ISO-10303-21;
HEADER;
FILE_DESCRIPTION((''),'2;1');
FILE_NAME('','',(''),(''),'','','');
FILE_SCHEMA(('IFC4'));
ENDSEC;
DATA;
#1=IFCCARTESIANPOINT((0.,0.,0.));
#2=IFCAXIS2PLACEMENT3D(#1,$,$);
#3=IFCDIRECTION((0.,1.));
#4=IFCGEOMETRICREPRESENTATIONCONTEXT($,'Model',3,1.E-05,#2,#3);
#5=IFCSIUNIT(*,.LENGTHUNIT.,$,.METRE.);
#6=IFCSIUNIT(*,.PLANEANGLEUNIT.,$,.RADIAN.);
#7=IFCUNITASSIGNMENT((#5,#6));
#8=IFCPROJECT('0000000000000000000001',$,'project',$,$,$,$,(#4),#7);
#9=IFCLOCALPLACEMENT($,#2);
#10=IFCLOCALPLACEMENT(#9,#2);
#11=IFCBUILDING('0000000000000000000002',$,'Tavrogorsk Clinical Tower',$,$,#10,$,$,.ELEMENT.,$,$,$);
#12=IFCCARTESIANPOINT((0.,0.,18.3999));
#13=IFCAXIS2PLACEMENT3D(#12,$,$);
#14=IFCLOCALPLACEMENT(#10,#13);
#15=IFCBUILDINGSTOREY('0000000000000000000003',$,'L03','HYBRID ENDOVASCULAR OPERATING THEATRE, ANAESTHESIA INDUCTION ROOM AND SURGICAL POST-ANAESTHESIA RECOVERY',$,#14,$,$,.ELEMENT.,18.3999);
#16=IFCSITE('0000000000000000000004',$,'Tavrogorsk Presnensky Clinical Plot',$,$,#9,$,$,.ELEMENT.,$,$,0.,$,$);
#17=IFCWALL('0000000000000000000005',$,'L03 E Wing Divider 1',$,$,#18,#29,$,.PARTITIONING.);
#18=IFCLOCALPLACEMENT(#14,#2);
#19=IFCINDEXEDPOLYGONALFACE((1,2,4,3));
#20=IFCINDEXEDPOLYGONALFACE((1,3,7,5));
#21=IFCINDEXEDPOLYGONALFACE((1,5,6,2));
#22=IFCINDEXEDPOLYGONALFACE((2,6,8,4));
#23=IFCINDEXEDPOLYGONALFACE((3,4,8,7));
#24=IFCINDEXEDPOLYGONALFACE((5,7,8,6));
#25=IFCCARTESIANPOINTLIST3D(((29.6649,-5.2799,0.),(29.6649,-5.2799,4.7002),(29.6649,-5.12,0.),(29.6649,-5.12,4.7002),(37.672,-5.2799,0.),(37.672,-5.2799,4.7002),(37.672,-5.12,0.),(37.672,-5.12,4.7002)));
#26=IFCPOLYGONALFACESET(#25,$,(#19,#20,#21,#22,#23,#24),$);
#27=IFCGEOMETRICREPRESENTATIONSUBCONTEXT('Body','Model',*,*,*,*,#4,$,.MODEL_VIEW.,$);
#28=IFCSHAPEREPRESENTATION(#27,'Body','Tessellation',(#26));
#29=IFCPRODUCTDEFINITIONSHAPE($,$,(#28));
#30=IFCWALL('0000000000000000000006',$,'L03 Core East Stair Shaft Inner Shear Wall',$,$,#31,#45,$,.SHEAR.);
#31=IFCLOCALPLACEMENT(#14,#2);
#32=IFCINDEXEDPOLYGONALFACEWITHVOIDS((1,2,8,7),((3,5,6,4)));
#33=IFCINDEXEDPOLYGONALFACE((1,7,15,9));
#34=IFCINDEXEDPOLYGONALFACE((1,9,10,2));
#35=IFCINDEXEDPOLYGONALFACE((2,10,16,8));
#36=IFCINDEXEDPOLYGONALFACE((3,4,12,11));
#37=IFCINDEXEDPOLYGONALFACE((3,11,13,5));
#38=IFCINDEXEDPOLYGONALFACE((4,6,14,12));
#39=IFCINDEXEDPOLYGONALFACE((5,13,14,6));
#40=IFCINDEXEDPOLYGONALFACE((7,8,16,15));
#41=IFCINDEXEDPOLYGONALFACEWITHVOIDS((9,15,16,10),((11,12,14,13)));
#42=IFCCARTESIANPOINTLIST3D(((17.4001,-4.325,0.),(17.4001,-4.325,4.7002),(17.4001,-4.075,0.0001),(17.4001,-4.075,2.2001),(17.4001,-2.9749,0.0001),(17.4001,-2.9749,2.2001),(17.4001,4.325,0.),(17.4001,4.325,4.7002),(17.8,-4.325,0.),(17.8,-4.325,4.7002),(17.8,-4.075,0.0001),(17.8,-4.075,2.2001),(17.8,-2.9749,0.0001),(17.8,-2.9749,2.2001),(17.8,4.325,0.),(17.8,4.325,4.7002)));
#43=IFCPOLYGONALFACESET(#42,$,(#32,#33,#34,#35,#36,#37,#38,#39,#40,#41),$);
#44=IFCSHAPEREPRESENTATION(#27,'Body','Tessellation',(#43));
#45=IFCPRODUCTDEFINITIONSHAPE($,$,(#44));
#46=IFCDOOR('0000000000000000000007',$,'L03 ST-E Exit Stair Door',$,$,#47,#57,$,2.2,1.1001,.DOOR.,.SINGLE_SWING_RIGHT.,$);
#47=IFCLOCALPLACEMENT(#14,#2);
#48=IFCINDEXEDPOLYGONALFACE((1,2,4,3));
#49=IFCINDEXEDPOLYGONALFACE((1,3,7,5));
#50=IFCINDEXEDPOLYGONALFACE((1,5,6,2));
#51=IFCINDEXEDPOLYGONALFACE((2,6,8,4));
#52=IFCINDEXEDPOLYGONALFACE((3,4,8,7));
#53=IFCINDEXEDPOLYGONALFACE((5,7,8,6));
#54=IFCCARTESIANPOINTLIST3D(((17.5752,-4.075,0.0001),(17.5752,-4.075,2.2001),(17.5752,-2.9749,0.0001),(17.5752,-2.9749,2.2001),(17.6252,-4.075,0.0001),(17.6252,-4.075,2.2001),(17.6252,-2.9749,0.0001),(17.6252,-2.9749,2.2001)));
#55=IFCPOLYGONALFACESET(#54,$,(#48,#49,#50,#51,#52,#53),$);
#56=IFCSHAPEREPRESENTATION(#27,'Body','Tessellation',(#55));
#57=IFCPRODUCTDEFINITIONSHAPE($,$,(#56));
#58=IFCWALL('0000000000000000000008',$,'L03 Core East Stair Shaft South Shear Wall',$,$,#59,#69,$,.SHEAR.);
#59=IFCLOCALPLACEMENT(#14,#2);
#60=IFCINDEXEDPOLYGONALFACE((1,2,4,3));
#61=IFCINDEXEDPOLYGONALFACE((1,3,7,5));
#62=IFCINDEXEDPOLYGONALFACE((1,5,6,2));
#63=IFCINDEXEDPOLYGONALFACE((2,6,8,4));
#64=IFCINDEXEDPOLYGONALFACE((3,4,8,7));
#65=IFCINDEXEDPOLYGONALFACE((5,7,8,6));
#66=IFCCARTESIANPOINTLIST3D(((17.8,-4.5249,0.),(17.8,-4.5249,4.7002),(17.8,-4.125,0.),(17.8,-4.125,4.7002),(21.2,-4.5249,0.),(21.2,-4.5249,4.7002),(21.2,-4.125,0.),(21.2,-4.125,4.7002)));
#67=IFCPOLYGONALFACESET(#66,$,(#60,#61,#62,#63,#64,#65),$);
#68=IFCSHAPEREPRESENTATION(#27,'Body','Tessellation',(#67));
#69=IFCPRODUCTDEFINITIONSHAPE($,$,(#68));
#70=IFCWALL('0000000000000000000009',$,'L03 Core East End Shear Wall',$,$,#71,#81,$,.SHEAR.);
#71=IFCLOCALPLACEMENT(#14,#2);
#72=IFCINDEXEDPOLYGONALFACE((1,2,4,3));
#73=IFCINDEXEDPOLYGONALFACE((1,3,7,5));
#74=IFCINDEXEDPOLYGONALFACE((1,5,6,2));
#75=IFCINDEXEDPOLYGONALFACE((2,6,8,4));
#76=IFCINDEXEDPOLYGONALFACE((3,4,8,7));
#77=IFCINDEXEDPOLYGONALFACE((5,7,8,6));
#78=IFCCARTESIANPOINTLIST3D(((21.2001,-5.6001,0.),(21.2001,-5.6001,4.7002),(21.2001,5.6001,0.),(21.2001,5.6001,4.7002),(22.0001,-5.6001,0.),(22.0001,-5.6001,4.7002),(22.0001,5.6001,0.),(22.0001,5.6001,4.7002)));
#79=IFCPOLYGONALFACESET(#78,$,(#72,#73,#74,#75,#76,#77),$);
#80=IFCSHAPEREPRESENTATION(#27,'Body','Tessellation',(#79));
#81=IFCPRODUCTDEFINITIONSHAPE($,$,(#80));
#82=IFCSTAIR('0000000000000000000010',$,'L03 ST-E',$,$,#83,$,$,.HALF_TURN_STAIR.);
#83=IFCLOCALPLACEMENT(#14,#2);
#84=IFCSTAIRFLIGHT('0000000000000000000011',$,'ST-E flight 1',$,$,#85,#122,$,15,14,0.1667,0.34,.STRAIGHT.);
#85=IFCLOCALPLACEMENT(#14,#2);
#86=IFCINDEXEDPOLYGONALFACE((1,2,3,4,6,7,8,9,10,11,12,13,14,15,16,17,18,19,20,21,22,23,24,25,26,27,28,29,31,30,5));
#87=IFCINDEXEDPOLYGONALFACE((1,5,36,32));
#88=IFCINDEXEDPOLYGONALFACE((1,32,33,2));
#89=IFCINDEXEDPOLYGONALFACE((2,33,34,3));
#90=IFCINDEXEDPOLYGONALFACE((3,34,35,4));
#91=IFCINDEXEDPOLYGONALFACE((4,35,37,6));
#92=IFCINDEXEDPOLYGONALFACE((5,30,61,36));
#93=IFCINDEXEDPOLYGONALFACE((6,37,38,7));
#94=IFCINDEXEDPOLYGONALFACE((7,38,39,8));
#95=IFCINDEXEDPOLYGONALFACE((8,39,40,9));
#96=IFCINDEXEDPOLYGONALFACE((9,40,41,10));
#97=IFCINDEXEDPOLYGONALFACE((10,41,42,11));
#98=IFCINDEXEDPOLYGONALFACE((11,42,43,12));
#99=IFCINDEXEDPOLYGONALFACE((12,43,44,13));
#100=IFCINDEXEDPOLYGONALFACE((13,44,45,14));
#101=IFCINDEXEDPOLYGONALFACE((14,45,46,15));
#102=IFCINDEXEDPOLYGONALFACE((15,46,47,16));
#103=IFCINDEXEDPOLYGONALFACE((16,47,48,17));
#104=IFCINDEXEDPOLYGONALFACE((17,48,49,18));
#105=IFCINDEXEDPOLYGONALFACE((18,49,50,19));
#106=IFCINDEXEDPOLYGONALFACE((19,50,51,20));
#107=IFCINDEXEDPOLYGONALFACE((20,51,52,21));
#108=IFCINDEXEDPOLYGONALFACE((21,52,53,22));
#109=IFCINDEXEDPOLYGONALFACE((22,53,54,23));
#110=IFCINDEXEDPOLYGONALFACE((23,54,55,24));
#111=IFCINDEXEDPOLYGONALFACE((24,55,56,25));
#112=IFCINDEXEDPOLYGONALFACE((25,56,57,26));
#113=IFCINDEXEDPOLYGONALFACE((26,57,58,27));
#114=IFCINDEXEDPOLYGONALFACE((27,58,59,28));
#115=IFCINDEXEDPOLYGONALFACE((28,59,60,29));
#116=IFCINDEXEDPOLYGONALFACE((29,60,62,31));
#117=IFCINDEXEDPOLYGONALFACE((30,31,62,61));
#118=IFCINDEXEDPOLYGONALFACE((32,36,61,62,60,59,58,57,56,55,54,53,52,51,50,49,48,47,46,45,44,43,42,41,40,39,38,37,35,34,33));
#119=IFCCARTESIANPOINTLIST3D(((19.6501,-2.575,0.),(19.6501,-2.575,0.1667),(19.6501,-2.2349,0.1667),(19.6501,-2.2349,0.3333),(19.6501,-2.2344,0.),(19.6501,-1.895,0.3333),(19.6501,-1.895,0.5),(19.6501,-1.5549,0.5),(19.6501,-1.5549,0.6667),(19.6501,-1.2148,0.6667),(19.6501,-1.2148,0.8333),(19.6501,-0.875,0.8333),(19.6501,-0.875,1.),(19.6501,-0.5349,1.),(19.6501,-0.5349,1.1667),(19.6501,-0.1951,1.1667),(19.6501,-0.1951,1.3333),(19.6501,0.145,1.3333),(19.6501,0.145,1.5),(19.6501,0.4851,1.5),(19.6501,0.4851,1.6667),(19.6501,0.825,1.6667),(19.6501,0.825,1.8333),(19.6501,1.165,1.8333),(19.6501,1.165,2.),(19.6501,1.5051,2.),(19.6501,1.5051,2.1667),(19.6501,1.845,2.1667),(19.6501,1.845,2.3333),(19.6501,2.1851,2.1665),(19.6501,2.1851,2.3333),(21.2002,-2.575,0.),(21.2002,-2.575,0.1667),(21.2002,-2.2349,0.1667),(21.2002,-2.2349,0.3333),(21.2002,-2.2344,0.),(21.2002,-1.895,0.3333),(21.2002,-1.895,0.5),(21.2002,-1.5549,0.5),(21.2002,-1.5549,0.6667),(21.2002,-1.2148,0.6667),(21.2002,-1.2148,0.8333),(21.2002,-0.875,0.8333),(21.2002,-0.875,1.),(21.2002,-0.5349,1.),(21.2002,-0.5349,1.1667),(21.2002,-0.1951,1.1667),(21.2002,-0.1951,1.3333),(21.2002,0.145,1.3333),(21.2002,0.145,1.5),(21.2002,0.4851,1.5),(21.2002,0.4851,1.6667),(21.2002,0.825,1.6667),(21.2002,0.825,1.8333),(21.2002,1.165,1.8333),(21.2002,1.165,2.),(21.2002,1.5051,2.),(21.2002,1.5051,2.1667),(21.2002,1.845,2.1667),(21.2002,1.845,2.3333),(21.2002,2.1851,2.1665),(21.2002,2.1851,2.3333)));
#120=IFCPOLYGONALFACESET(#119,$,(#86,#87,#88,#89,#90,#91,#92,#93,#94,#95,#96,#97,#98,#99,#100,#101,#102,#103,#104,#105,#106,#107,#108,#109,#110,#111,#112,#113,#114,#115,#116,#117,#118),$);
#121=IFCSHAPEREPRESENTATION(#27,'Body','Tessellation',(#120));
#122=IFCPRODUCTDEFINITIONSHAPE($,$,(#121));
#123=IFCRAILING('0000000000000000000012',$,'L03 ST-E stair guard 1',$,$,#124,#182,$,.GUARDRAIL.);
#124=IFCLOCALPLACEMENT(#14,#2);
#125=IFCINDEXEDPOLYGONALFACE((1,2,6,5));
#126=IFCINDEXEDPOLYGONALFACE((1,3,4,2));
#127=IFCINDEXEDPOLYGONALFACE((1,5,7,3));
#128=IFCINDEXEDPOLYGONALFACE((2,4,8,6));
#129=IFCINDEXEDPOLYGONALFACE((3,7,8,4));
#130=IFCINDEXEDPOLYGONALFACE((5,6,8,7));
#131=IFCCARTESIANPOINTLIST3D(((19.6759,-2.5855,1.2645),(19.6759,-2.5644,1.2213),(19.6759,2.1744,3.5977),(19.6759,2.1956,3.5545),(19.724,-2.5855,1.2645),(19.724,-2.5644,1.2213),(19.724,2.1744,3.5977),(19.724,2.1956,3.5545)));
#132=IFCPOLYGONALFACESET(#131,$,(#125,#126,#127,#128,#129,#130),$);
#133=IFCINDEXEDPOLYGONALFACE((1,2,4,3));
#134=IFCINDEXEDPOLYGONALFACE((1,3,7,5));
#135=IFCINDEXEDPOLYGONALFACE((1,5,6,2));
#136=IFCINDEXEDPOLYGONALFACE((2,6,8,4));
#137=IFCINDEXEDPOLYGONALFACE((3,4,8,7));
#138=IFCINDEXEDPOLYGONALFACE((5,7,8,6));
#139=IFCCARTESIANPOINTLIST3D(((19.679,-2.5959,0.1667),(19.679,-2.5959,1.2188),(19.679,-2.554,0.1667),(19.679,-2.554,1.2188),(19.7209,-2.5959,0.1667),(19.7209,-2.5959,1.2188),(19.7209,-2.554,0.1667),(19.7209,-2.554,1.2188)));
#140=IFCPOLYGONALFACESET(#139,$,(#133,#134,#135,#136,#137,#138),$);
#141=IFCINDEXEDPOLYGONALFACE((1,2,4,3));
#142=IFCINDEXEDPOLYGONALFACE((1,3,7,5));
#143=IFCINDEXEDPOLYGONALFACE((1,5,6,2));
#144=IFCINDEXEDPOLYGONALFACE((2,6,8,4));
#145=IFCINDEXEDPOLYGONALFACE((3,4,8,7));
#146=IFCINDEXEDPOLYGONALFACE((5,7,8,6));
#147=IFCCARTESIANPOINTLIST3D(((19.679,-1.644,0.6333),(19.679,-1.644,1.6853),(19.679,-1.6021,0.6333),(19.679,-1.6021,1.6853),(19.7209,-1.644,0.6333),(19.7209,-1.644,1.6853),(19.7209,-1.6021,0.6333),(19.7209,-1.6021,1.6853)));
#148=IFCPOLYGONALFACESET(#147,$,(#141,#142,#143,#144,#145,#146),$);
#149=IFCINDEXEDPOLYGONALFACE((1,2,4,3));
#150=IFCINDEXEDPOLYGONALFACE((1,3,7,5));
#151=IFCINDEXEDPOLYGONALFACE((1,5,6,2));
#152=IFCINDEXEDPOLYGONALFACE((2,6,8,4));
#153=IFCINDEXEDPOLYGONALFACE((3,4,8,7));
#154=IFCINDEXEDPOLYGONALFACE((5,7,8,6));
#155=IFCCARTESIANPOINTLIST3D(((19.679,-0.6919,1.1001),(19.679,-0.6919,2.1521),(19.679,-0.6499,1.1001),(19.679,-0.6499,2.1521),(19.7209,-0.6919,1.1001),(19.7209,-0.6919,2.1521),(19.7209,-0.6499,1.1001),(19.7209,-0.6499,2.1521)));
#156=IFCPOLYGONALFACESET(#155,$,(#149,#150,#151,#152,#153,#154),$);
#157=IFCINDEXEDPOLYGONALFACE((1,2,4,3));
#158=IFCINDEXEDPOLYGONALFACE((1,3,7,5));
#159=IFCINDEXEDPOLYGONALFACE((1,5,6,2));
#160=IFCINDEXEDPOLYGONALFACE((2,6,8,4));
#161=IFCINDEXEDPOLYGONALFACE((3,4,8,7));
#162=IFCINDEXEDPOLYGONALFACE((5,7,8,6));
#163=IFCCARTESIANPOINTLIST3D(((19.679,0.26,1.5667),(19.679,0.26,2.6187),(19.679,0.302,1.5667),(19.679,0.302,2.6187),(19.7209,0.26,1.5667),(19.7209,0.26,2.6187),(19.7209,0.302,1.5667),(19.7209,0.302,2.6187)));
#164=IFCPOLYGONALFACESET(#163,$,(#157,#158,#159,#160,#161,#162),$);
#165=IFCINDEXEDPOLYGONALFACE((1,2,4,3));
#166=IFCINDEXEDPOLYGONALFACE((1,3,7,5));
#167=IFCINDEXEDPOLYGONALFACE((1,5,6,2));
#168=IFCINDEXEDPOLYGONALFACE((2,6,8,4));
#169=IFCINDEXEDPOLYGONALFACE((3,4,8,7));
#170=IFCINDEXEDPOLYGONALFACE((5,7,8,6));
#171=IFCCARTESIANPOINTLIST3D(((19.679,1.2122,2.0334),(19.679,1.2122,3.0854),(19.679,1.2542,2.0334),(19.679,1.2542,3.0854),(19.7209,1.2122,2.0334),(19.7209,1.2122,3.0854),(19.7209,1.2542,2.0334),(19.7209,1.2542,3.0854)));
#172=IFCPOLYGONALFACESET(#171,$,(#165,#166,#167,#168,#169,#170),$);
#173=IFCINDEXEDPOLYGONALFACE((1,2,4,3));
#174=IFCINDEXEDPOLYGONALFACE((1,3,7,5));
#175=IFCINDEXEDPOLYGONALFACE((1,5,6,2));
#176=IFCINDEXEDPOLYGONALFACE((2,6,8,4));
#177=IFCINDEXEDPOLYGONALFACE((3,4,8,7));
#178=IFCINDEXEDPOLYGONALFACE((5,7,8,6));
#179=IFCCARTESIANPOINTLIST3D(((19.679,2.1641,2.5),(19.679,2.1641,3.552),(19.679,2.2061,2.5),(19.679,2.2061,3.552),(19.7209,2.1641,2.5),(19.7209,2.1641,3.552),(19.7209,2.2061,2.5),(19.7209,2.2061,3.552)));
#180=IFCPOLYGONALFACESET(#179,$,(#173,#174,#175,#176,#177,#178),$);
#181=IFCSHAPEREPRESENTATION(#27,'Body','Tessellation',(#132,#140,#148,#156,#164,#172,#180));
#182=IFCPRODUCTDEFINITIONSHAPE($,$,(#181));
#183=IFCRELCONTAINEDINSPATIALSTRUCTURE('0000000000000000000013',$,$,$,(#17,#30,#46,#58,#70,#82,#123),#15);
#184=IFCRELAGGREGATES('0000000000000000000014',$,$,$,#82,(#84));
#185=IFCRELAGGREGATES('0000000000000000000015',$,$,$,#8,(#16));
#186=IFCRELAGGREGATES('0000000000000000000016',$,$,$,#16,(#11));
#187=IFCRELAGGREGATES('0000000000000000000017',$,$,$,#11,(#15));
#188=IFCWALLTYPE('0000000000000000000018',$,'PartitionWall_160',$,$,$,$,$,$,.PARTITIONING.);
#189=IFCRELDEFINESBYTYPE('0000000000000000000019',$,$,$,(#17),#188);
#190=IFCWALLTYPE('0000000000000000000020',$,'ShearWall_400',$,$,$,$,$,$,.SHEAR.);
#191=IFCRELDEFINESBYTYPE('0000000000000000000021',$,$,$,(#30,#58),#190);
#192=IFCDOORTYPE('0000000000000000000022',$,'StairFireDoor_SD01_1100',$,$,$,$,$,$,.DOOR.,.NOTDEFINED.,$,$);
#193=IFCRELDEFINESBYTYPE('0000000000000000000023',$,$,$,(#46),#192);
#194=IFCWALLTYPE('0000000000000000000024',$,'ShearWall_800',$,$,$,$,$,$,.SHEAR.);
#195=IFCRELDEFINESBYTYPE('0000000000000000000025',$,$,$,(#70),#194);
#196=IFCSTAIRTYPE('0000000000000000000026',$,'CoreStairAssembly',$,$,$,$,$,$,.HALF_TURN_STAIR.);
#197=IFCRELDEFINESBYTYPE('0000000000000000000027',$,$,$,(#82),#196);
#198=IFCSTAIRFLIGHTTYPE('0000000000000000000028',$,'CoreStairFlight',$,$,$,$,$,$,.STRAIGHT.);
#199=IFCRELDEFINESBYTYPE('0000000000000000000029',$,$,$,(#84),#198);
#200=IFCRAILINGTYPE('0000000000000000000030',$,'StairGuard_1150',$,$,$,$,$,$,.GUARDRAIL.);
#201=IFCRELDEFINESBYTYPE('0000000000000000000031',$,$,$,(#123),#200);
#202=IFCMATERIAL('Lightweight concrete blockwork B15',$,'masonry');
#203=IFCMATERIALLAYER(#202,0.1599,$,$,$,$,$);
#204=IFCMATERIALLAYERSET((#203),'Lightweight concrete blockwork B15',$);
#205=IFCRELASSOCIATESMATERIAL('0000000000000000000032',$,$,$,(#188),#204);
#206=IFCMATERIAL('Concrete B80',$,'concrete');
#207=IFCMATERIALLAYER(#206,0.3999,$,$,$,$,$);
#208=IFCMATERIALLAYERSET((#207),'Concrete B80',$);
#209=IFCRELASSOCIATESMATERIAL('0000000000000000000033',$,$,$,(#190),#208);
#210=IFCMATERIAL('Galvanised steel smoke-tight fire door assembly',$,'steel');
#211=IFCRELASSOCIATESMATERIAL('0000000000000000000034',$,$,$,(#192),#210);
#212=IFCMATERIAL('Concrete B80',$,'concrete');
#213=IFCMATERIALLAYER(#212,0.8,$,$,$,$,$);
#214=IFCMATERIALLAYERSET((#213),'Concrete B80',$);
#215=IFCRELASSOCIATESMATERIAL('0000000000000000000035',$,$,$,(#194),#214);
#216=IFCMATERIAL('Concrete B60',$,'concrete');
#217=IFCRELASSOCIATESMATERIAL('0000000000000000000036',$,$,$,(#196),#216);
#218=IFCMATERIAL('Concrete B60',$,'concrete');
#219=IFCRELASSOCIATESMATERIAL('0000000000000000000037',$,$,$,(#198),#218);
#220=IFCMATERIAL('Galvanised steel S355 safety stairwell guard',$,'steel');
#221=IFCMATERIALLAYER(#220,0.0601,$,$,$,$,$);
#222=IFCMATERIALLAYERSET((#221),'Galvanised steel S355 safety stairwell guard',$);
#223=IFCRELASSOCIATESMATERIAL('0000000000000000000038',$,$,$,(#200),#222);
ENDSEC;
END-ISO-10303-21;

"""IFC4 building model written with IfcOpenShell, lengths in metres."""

from ifc_helpers import new_model, si_unit, direction, frame, frame_2d, origin, origin_2d, place, context, subcontext, project, spatial, polyline, rectangle, outline, extrude, material, layer, layer_set, type_object, element, fill, aggregate, save


model = new_model("IFC4")

# Units and contexts
model_context = context("Model", 3, precision=1e-05, world=origin(), true_north=direction((0.0, 1.0)))
body_context = subcontext(model_context, "Body", "Model", "MODEL_VIEW")
ifc_project = project(units=[si_unit("LENGTHUNIT", "METRE"), si_unit("PLANEANGLEUNIT", "RADIAN")], contexts=[model_context])

# Site, building, storey
site_placement = place(None, origin())
site = spatial("IfcSite", under=ifc_project, at=site_placement, Name="Tavrogorsk Presnensky Clinical Plot", CompositionType="ELEMENT", RefElevation=0.0)
building_placement = place(site_placement, origin())
building = spatial("IfcBuilding", under=site, at=building_placement, Name="Tavrogorsk Clinical Tower", CompositionType="ELEMENT")
storey_placement = place(building_placement, frame((0.0, 0.0, 18.3999)))
storey = spatial("IfcBuildingStorey", under=building, at=storey_placement, Name="L03", Description="HYBRID ENDOVASCULAR OPERATING THEATRE, ANAESTHESIA INDUCTION ROOM AND SURGICAL POST-ANAESTHESIA RECOVERY", CompositionType="ELEMENT", Elevation=18.3999)

# Shared definitions
ifc_material_1 = material(Name="Lightweight concrete blockwork B15", Category="masonry")
ifc_layer_1 = layer(ifc_material_1, 0.1599)
ifc_layer_set_1 = layer_set([ifc_layer_1], Name="Lightweight concrete blockwork B15")
wall_type_1 = type_object("IfcWallType", Name="PartitionWall_160", PredefinedType="PARTITIONING", material=ifc_layer_set_1)

# Wall
wall_1_placement = place(storey_placement, frame((29.665, -5.2, 0.0), z_axis=(0.0, 0.0, 1.0), x_axis=(1.0, 0.0, 0.0)))
element("IfcWall", 1, at=wall_1_placement, inside=storey, type_object=wall_type_1, Name="L03 E Wing Divider 1", PredefinedType="PARTITIONING", context=body_context, shape_type="SweptSolid", body=[
    extrude(rectangle(XDim=8.0071, YDim=0.1599, at=frame_2d((4.0034, 0.0))), origin(), (0.0, 0.0, 1.0), 4.7002),
])

# Wall, opening, door
ifc_material_2 = material(Name="Concrete B80", Category="concrete")
ifc_layer_2 = layer(ifc_material_2, 0.3999)
ifc_layer_set_2 = layer_set([ifc_layer_2], Name="Concrete B80")
wall_type_2 = type_object("IfcWallType", Name="ShearWall_400", PredefinedType="SHEAR", material=ifc_layer_set_2)
wall_2_placement = place(storey_placement, frame((17.6001, -4.325, 0.0), z_axis=(0.0, 0.0, 1.0), x_axis=(0.0, 1.0, 0.0)))
wall_2 = element("IfcWall", 2, at=wall_2_placement, inside=storey, type_object=wall_type_2, Name="L03 Core East Stair Shaft Inner Shear Wall", PredefinedType="SHEAR", context=body_context, shape_type="SweptSolid", body=[
    extrude(rectangle(XDim=8.6499, YDim=0.3999, at=frame_2d((4.325, 0.0))), origin(), (0.0, 0.0, 1.0), 4.7002),
])
opening_1_placement = place(wall_2_placement, frame((0.25, 0.0, 0.0)))
opening_1 = element("IfcOpeningElement", 3, at=opening_1_placement, cuts=wall_2, PredefinedType="OPENING", context=body_context, shape_type="SweptSolid", body=[
    extrude(rectangle(XDim=1.1001, YDim=2.2, at=frame_2d((0.55, 1.1001))), frame((0.0, 0.21, 0.0), z_axis=(0.0, -1.0, 0.0), x_axis=(1.0, 0.0, 0.0)), (0.0, 0.0, 1.0), 0.4199),
])
ifc_material_3 = material(Name="Galvanised steel smoke-tight fire door assembly", Category="steel")
door_type_1 = type_object("IfcDoorType", Name="StairFireDoor_SD01_1100", OperationType="NOTDEFINED", PredefinedType="DOOR", material=ifc_material_3)
door_1_placement = place(opening_1_placement, origin())
door_1 = element("IfcDoor", 4, at=door_1_placement, inside=storey, type_object=door_type_1, Name="L03 ST-E Exit Stair Door", OperationType="SINGLE_SWING_RIGHT", OverallHeight=2.2, OverallWidth=1.1001, PredefinedType="DOOR", context=body_context, shape_type="SweptSolid", body=[
    extrude(rectangle(XDim=1.1001, YDim=2.2, at=frame_2d((0.55, 1.1001))), frame((0.0, 0.0249, 0.0), z_axis=(0.0, -1.0, 0.0), x_axis=(1.0, 0.0, 0.0)), (0.0, 0.0, 1.0), 0.05),
])
fill(opening_1, door_1)

# Walls
wall_3_placement = place(storey_placement, frame((17.8, -4.325, 0.0), z_axis=(0.0, 0.0, 1.0), x_axis=(1.0, 0.0, 0.0)))
element("IfcWall", 5, at=wall_3_placement, inside=storey, type_object=wall_type_2, Name="L03 Core East Stair Shaft South Shear Wall", PredefinedType="SHEAR", context=body_context, shape_type="SweptSolid", body=[
    extrude(rectangle(XDim=3.3999, YDim=0.3999, at=frame_2d((1.7, 0.0))), origin(), (0.0, 0.0, 1.0), 4.7002),
])
ifc_material_4 = material(Name="Concrete B80", Category="concrete")
ifc_layer_3 = layer(ifc_material_4, 0.8)
ifc_layer_set_3 = layer_set([ifc_layer_3], Name="Concrete B80")
wall_type_3 = type_object("IfcWallType", Name="ShearWall_800", PredefinedType="SHEAR", material=ifc_layer_set_3)
wall_4_placement = place(storey_placement, frame((21.6001, -5.6001, 0.0), z_axis=(0.0, 0.0, 1.0), x_axis=(0.0, 1.0, 0.0)))
element("IfcWall", 6, at=wall_4_placement, inside=storey, type_object=wall_type_3, Name="L03 Core East End Shear Wall", PredefinedType="SHEAR", context=body_context, shape_type="SweptSolid", body=[
    extrude(rectangle(XDim=11.2002, YDim=0.8, at=frame_2d((5.6001, 0.0))), origin(), (0.0, 0.0, 1.0), 4.7002),
])

# Stair, stair flight
ifc_material_5 = material(Name="Concrete B60", Category="concrete")
stair_type = type_object("IfcStairType", Name="CoreStairAssembly", PredefinedType="HALF_TURN_STAIR", material=ifc_material_5)
stair_placement = place(storey_placement, origin())
stair = element("IfcStair", 7, at=stair_placement, inside=storey, type_object=stair_type, Name="L03 ST-E", PredefinedType="HALF_TURN_STAIR")
ifc_material_6 = material(Name="Concrete B60", Category="concrete")
stair_flight_type = type_object("IfcStairFlightType", Name="CoreStairFlight", PredefinedType="STRAIGHT", material=ifc_material_6)
stair_flight_placement = place(storey_placement, frame((20.425, -2.575, 0.0), z_axis=(0.0, 0.0, 1.0), x_axis=(0.0, 1.0, 0.0)))
stair_flight = element("IfcStairFlight", 8, at=stair_flight_placement, type_object=stair_flight_type, Name="ST-E flight 1", NumberOfRisers=15, NumberOfTreads=14, PredefinedType="STRAIGHT", RiserHeight=0.1667, TreadLength=0.34, context=body_context, shape_type="SweptSolid", body=[
    extrude(outline(polyline([(0.0, 0.0), (0.0, 0.1667), (0.3401, 0.1667), (0.3401, 0.3333), (0.6799, 0.3333), (0.6799, 0.5), (1.02, 0.5), (1.02, 0.6667), (1.3601, 0.6667), (1.3601, 0.8333), (1.7, 0.8333), (1.7, 1.0), (2.04, 1.0), (2.04, 1.1667), (2.3799, 1.1667), (2.3799, 1.3333), (2.72, 1.3333), (2.72, 1.5), (3.0601, 1.5), (3.0601, 1.6667), (3.3999, 1.6667), (3.3999, 1.8333), (3.74, 1.8333), (3.74, 2.0), (4.0801, 2.0), (4.0801, 2.1667), (4.4199, 2.1667), (4.4199, 2.3333), (4.76, 2.3333), (4.76, 2.5), (4.76, 2.1665), (0.3406, 0.0), (0.0, 0.0)])), frame((0.0, 0.7749, 0.0), z_axis=(0.0, -1.0, 0.0), x_axis=(1.0, 0.0, 0.0)), (0.0, 0.0, 1.0), 1.55),
])
aggregate(stair, [stair_flight])

# Railing
ifc_material_7 = material(Name="Galvanised steel S355 safety stairwell guard", Category="steel")
ifc_layer_4 = layer(ifc_material_7, 0.0601)
ifc_layer_set_4 = layer_set([ifc_layer_4], Name="Galvanised steel S355 safety stairwell guard")
railing_type = type_object("IfcRailingType", Name="StairGuard_1150", PredefinedType="GUARDRAIL", material=ifc_layer_set_4)
railing_1_placement = place(storey_placement, frame((19.7, -2.575, 0.1667)))
element("IfcRailing", 9, at=railing_1_placement, inside=storey, type_object=railing_type, Name="L03 ST-E stair guard 1", PredefinedType="GUARDRAIL", context=body_context, shape_type="SweptSolid", body=[
    extrude(rectangle(XDim=0.0481, YDim=0.0481, at=origin_2d()), frame((0.0, 0.0, 1.0762), z_axis=(0.0, 0.897927, 0.440144), x_axis=(-1.0, 0.0, 0.0)), (0.0, 0.0, 1.0), 5.301),
    extrude(rectangle(XDim=0.042, YDim=0.042, at=origin_2d()), origin(), (0.0, 0.0, 1.0), 1.052),
    extrude(rectangle(XDim=0.042, YDim=0.042, at=origin_2d()), frame((0.0, 0.9519, 0.4666)), (0.0, 0.0, 1.0), 1.052),
    extrude(rectangle(XDim=0.042, YDim=0.042, at=origin_2d()), frame((0.0, 1.9041, 0.9333)), (0.0, 0.0, 1.0), 1.052),
    extrude(rectangle(XDim=0.042, YDim=0.042, at=origin_2d()), frame((0.0, 2.856, 1.3999)), (0.0, 0.0, 1.0), 1.052),
    extrude(rectangle(XDim=0.042, YDim=0.042, at=origin_2d()), frame((0.0, 3.8081, 1.8667)), (0.0, 0.0, 1.0), 1.052),
    extrude(rectangle(XDim=0.042, YDim=0.042, at=origin_2d()), frame((0.0, 4.76, 2.3333)), (0.0, 0.0, 1.0), 1.052),
])

save(model, "model.ifc")
